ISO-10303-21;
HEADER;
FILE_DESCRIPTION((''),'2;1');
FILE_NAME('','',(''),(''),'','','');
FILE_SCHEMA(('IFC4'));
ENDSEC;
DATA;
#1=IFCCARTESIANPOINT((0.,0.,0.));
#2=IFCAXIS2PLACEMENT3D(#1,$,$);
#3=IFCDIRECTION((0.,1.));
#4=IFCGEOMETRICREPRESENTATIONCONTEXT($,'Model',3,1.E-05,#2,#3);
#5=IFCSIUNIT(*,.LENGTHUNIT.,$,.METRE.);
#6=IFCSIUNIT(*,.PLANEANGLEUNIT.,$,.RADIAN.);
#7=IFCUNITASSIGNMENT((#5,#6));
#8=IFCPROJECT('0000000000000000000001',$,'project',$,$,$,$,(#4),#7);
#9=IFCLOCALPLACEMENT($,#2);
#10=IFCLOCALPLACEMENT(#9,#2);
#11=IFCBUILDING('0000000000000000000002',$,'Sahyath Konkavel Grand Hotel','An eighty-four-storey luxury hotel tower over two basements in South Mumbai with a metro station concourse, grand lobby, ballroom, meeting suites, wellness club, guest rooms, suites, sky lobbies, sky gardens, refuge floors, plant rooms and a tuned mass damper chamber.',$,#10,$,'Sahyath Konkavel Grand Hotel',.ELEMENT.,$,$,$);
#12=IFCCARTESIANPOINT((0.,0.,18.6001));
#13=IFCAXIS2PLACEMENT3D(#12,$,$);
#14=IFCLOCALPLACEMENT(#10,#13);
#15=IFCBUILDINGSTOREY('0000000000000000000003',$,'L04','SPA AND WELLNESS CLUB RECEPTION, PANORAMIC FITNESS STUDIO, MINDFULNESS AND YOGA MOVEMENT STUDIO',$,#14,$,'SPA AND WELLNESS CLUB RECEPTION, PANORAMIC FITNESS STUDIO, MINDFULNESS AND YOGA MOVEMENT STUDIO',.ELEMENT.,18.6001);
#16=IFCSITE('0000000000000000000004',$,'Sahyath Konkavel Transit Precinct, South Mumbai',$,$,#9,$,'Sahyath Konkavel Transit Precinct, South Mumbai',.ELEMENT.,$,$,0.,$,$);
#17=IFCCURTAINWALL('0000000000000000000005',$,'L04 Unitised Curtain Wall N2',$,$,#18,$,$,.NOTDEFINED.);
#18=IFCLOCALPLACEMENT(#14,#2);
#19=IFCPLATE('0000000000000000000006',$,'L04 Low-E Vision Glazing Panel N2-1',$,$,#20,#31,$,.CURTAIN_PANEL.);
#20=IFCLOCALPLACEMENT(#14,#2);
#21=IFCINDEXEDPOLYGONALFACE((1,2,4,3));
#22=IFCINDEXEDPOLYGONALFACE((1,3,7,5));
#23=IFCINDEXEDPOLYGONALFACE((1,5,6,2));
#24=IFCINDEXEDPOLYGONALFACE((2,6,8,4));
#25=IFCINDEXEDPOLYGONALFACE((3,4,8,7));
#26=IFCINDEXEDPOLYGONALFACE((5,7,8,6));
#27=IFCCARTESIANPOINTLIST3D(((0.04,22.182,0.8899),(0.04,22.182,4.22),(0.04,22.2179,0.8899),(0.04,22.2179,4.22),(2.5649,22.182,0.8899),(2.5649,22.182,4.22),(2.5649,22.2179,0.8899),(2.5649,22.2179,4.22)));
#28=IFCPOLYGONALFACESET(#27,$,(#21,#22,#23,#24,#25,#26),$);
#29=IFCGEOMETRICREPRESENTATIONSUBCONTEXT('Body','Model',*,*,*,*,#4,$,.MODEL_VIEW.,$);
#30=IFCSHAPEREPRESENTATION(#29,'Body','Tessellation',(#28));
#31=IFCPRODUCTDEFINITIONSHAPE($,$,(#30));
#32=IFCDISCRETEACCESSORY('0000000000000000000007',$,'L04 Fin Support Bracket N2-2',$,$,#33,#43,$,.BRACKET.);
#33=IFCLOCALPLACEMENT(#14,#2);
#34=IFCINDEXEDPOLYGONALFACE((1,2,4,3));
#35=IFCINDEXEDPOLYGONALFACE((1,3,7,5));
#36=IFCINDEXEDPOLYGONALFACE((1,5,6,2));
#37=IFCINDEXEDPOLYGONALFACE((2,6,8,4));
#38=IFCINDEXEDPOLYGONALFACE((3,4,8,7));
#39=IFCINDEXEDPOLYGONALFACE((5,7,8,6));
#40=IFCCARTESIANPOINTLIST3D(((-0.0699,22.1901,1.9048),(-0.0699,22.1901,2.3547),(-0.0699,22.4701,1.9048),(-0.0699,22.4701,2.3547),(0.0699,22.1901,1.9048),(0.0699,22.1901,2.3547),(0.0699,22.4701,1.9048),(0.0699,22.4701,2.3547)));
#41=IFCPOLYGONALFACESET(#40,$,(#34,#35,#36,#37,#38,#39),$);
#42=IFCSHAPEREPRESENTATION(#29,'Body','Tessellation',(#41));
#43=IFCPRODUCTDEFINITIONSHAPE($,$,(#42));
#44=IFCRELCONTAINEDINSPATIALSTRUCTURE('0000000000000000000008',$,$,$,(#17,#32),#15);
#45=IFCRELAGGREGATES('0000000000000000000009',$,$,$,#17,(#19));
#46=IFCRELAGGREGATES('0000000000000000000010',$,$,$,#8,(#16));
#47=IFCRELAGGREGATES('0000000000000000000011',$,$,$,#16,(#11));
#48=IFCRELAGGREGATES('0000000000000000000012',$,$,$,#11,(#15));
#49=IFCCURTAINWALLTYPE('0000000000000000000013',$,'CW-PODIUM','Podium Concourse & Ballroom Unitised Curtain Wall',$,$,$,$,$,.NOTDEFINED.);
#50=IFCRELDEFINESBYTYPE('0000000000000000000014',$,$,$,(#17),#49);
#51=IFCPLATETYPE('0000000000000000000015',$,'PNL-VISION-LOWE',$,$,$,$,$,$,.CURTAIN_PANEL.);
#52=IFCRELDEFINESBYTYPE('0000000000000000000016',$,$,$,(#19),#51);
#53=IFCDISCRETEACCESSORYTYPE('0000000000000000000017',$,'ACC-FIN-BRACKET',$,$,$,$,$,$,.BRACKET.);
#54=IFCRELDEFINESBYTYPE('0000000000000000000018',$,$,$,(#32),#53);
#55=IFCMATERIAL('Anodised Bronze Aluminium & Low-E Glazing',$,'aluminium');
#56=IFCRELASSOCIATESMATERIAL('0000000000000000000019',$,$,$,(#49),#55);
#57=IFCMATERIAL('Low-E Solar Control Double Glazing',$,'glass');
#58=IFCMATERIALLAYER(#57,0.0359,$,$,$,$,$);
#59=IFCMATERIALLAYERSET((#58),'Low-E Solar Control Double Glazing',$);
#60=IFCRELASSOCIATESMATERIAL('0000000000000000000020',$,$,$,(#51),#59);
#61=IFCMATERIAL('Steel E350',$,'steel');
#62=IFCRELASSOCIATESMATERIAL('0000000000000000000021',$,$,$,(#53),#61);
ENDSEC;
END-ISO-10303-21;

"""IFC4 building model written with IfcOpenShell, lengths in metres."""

from ifc_helpers import new_model, si_unit, direction, frame, origin, origin_2d, place, context, subcontext, project, spatial, rectangle, extrude, source, transform, mapped, material, layer, layer_set, type_object, element, aggregate, save


model = new_model("IFC4")

# Units and contexts
model_context = context("Model", 3, precision=1e-05, world=origin(), true_north=direction((0.0, 1.0)))
body_context = subcontext(model_context, "Body", "Model", "MODEL_VIEW")
ifc_project = project(units=[si_unit("LENGTHUNIT", "METRE"), si_unit("PLANEANGLEUNIT", "RADIAN")], contexts=[model_context])

# Site, building, storey
site_placement = place(None, origin())
site = spatial("IfcSite", under=ifc_project, at=site_placement, Name="Sahyath Konkavel Transit Precinct, South Mumbai", LongName="Sahyath Konkavel Transit Precinct, South Mumbai", CompositionType="ELEMENT", RefElevation=0.0)
building_placement = place(site_placement, origin())
building = spatial("IfcBuilding", under=site, at=building_placement, Name="Sahyath Konkavel Grand Hotel", Description="An eighty-four-storey luxury hotel tower over two basements in South Mumbai with a metro station concourse, grand lobby, ballroom, meeting suites, wellness club, guest rooms, suites, sky lobbies, sky gardens, refuge floors, plant rooms and a tuned mass damper chamber.", LongName="Sahyath Konkavel Grand Hotel", CompositionType="ELEMENT")
storey_placement = place(building_placement, frame((0.0, 0.0, 18.6001)))
storey = spatial("IfcBuildingStorey", under=building, at=storey_placement, Name="L04", Description="SPA AND WELLNESS CLUB RECEPTION, PANORAMIC FITNESS STUDIO, MINDFULNESS AND YOGA MOVEMENT STUDIO", LongName="SPA AND WELLNESS CLUB RECEPTION, PANORAMIC FITNESS STUDIO, MINDFULNESS AND YOGA MOVEMENT STUDIO", CompositionType="ELEMENT", Elevation=18.6001)

# Shared definitions
ifc_material_1 = material(Name="Steel E350", Category="steel")

# Curtain wall
ifc_material_2 = material(Name="Anodised Bronze Aluminium & Low-E Glazing", Category="aluminium")
curtain_wall_type = type_object("IfcCurtainWallType", Name="CW-PODIUM", Description="Podium Concourse & Ballroom Unitised Curtain Wall", PredefinedType="NOTDEFINED", material=ifc_material_2)
curtain_wall_placement = place(storey_placement, origin())
curtain_wall = element("IfcCurtainWall", 1, at=curtain_wall_placement, inside=storey, type_object=curtain_wall_type, Name="L04 Unitised Curtain Wall N2", PredefinedType="NOTDEFINED")

# Plate
ifc_material_3 = material(Name="Low-E Solar Control Double Glazing", Category="glass")
ifc_layer_1 = layer(ifc_material_3, 0.0359)
ifc_layer_set_1 = layer_set([ifc_layer_1], Name="Low-E Solar Control Double Glazing")
plate_type_1 = type_object("IfcPlateType", Name="PNL-VISION-LOWE", PredefinedType="CURTAIN_PANEL", material=ifc_layer_set_1)
shared_shape_1 = source(origin(), body_context, "Body", "SweptSolid", [
    extrude(rectangle(XDim=2.5249, YDim=0.0359, at=origin_2d()), origin(), (0.0, 0.0, 1.0), 3.3301),
])
plate_1_placement = place(storey_placement, frame((1.3025, 22.2, 0.8899), z_axis=(0.0, 0.0, 1.0), x_axis=(-1.0, 0.0, 0.0)))
plate_1 = element("IfcPlate", 2, at=plate_1_placement, type_object=plate_type_1, Name="L04 Low-E Vision Glazing Panel N2-1", PredefinedType="CURTAIN_PANEL", context=body_context, shape_type="MappedRepresentation", body=[
    mapped(shared_shape_1, transform((0.0, 0.0, 0.0), scale=1.0)),
])
aggregate(curtain_wall, [plate_1])

# Discrete accessory
discrete_accessory_type = type_object("IfcDiscreteAccessoryType", Name="ACC-FIN-BRACKET", PredefinedType="BRACKET", material=ifc_material_1)
shared_shape_2 = source(origin(), body_context, "Body", "SweptSolid", [
    extrude(rectangle(XDim=0.28, YDim=0.1399, at=origin_2d()), origin(), (0.0, 0.0, 1.0), 0.45),
])
discrete_accessory_placement = place(storey_placement, frame((0.0, 22.3301, 1.9048), z_axis=(0.0, 0.0, 1.0), x_axis=(0.0, 1.0, 0.0)))
element("IfcDiscreteAccessory", 3, at=discrete_accessory_placement, inside=storey, type_object=discrete_accessory_type, Name="L04 Fin Support Bracket N2-2", PredefinedType="BRACKET", context=body_context, shape_type="MappedRepresentation", body=[
    mapped(shared_shape_2, transform((0.0, 0.0, 0.0), scale=1.0)),
])

save(model, "model.ifc")
